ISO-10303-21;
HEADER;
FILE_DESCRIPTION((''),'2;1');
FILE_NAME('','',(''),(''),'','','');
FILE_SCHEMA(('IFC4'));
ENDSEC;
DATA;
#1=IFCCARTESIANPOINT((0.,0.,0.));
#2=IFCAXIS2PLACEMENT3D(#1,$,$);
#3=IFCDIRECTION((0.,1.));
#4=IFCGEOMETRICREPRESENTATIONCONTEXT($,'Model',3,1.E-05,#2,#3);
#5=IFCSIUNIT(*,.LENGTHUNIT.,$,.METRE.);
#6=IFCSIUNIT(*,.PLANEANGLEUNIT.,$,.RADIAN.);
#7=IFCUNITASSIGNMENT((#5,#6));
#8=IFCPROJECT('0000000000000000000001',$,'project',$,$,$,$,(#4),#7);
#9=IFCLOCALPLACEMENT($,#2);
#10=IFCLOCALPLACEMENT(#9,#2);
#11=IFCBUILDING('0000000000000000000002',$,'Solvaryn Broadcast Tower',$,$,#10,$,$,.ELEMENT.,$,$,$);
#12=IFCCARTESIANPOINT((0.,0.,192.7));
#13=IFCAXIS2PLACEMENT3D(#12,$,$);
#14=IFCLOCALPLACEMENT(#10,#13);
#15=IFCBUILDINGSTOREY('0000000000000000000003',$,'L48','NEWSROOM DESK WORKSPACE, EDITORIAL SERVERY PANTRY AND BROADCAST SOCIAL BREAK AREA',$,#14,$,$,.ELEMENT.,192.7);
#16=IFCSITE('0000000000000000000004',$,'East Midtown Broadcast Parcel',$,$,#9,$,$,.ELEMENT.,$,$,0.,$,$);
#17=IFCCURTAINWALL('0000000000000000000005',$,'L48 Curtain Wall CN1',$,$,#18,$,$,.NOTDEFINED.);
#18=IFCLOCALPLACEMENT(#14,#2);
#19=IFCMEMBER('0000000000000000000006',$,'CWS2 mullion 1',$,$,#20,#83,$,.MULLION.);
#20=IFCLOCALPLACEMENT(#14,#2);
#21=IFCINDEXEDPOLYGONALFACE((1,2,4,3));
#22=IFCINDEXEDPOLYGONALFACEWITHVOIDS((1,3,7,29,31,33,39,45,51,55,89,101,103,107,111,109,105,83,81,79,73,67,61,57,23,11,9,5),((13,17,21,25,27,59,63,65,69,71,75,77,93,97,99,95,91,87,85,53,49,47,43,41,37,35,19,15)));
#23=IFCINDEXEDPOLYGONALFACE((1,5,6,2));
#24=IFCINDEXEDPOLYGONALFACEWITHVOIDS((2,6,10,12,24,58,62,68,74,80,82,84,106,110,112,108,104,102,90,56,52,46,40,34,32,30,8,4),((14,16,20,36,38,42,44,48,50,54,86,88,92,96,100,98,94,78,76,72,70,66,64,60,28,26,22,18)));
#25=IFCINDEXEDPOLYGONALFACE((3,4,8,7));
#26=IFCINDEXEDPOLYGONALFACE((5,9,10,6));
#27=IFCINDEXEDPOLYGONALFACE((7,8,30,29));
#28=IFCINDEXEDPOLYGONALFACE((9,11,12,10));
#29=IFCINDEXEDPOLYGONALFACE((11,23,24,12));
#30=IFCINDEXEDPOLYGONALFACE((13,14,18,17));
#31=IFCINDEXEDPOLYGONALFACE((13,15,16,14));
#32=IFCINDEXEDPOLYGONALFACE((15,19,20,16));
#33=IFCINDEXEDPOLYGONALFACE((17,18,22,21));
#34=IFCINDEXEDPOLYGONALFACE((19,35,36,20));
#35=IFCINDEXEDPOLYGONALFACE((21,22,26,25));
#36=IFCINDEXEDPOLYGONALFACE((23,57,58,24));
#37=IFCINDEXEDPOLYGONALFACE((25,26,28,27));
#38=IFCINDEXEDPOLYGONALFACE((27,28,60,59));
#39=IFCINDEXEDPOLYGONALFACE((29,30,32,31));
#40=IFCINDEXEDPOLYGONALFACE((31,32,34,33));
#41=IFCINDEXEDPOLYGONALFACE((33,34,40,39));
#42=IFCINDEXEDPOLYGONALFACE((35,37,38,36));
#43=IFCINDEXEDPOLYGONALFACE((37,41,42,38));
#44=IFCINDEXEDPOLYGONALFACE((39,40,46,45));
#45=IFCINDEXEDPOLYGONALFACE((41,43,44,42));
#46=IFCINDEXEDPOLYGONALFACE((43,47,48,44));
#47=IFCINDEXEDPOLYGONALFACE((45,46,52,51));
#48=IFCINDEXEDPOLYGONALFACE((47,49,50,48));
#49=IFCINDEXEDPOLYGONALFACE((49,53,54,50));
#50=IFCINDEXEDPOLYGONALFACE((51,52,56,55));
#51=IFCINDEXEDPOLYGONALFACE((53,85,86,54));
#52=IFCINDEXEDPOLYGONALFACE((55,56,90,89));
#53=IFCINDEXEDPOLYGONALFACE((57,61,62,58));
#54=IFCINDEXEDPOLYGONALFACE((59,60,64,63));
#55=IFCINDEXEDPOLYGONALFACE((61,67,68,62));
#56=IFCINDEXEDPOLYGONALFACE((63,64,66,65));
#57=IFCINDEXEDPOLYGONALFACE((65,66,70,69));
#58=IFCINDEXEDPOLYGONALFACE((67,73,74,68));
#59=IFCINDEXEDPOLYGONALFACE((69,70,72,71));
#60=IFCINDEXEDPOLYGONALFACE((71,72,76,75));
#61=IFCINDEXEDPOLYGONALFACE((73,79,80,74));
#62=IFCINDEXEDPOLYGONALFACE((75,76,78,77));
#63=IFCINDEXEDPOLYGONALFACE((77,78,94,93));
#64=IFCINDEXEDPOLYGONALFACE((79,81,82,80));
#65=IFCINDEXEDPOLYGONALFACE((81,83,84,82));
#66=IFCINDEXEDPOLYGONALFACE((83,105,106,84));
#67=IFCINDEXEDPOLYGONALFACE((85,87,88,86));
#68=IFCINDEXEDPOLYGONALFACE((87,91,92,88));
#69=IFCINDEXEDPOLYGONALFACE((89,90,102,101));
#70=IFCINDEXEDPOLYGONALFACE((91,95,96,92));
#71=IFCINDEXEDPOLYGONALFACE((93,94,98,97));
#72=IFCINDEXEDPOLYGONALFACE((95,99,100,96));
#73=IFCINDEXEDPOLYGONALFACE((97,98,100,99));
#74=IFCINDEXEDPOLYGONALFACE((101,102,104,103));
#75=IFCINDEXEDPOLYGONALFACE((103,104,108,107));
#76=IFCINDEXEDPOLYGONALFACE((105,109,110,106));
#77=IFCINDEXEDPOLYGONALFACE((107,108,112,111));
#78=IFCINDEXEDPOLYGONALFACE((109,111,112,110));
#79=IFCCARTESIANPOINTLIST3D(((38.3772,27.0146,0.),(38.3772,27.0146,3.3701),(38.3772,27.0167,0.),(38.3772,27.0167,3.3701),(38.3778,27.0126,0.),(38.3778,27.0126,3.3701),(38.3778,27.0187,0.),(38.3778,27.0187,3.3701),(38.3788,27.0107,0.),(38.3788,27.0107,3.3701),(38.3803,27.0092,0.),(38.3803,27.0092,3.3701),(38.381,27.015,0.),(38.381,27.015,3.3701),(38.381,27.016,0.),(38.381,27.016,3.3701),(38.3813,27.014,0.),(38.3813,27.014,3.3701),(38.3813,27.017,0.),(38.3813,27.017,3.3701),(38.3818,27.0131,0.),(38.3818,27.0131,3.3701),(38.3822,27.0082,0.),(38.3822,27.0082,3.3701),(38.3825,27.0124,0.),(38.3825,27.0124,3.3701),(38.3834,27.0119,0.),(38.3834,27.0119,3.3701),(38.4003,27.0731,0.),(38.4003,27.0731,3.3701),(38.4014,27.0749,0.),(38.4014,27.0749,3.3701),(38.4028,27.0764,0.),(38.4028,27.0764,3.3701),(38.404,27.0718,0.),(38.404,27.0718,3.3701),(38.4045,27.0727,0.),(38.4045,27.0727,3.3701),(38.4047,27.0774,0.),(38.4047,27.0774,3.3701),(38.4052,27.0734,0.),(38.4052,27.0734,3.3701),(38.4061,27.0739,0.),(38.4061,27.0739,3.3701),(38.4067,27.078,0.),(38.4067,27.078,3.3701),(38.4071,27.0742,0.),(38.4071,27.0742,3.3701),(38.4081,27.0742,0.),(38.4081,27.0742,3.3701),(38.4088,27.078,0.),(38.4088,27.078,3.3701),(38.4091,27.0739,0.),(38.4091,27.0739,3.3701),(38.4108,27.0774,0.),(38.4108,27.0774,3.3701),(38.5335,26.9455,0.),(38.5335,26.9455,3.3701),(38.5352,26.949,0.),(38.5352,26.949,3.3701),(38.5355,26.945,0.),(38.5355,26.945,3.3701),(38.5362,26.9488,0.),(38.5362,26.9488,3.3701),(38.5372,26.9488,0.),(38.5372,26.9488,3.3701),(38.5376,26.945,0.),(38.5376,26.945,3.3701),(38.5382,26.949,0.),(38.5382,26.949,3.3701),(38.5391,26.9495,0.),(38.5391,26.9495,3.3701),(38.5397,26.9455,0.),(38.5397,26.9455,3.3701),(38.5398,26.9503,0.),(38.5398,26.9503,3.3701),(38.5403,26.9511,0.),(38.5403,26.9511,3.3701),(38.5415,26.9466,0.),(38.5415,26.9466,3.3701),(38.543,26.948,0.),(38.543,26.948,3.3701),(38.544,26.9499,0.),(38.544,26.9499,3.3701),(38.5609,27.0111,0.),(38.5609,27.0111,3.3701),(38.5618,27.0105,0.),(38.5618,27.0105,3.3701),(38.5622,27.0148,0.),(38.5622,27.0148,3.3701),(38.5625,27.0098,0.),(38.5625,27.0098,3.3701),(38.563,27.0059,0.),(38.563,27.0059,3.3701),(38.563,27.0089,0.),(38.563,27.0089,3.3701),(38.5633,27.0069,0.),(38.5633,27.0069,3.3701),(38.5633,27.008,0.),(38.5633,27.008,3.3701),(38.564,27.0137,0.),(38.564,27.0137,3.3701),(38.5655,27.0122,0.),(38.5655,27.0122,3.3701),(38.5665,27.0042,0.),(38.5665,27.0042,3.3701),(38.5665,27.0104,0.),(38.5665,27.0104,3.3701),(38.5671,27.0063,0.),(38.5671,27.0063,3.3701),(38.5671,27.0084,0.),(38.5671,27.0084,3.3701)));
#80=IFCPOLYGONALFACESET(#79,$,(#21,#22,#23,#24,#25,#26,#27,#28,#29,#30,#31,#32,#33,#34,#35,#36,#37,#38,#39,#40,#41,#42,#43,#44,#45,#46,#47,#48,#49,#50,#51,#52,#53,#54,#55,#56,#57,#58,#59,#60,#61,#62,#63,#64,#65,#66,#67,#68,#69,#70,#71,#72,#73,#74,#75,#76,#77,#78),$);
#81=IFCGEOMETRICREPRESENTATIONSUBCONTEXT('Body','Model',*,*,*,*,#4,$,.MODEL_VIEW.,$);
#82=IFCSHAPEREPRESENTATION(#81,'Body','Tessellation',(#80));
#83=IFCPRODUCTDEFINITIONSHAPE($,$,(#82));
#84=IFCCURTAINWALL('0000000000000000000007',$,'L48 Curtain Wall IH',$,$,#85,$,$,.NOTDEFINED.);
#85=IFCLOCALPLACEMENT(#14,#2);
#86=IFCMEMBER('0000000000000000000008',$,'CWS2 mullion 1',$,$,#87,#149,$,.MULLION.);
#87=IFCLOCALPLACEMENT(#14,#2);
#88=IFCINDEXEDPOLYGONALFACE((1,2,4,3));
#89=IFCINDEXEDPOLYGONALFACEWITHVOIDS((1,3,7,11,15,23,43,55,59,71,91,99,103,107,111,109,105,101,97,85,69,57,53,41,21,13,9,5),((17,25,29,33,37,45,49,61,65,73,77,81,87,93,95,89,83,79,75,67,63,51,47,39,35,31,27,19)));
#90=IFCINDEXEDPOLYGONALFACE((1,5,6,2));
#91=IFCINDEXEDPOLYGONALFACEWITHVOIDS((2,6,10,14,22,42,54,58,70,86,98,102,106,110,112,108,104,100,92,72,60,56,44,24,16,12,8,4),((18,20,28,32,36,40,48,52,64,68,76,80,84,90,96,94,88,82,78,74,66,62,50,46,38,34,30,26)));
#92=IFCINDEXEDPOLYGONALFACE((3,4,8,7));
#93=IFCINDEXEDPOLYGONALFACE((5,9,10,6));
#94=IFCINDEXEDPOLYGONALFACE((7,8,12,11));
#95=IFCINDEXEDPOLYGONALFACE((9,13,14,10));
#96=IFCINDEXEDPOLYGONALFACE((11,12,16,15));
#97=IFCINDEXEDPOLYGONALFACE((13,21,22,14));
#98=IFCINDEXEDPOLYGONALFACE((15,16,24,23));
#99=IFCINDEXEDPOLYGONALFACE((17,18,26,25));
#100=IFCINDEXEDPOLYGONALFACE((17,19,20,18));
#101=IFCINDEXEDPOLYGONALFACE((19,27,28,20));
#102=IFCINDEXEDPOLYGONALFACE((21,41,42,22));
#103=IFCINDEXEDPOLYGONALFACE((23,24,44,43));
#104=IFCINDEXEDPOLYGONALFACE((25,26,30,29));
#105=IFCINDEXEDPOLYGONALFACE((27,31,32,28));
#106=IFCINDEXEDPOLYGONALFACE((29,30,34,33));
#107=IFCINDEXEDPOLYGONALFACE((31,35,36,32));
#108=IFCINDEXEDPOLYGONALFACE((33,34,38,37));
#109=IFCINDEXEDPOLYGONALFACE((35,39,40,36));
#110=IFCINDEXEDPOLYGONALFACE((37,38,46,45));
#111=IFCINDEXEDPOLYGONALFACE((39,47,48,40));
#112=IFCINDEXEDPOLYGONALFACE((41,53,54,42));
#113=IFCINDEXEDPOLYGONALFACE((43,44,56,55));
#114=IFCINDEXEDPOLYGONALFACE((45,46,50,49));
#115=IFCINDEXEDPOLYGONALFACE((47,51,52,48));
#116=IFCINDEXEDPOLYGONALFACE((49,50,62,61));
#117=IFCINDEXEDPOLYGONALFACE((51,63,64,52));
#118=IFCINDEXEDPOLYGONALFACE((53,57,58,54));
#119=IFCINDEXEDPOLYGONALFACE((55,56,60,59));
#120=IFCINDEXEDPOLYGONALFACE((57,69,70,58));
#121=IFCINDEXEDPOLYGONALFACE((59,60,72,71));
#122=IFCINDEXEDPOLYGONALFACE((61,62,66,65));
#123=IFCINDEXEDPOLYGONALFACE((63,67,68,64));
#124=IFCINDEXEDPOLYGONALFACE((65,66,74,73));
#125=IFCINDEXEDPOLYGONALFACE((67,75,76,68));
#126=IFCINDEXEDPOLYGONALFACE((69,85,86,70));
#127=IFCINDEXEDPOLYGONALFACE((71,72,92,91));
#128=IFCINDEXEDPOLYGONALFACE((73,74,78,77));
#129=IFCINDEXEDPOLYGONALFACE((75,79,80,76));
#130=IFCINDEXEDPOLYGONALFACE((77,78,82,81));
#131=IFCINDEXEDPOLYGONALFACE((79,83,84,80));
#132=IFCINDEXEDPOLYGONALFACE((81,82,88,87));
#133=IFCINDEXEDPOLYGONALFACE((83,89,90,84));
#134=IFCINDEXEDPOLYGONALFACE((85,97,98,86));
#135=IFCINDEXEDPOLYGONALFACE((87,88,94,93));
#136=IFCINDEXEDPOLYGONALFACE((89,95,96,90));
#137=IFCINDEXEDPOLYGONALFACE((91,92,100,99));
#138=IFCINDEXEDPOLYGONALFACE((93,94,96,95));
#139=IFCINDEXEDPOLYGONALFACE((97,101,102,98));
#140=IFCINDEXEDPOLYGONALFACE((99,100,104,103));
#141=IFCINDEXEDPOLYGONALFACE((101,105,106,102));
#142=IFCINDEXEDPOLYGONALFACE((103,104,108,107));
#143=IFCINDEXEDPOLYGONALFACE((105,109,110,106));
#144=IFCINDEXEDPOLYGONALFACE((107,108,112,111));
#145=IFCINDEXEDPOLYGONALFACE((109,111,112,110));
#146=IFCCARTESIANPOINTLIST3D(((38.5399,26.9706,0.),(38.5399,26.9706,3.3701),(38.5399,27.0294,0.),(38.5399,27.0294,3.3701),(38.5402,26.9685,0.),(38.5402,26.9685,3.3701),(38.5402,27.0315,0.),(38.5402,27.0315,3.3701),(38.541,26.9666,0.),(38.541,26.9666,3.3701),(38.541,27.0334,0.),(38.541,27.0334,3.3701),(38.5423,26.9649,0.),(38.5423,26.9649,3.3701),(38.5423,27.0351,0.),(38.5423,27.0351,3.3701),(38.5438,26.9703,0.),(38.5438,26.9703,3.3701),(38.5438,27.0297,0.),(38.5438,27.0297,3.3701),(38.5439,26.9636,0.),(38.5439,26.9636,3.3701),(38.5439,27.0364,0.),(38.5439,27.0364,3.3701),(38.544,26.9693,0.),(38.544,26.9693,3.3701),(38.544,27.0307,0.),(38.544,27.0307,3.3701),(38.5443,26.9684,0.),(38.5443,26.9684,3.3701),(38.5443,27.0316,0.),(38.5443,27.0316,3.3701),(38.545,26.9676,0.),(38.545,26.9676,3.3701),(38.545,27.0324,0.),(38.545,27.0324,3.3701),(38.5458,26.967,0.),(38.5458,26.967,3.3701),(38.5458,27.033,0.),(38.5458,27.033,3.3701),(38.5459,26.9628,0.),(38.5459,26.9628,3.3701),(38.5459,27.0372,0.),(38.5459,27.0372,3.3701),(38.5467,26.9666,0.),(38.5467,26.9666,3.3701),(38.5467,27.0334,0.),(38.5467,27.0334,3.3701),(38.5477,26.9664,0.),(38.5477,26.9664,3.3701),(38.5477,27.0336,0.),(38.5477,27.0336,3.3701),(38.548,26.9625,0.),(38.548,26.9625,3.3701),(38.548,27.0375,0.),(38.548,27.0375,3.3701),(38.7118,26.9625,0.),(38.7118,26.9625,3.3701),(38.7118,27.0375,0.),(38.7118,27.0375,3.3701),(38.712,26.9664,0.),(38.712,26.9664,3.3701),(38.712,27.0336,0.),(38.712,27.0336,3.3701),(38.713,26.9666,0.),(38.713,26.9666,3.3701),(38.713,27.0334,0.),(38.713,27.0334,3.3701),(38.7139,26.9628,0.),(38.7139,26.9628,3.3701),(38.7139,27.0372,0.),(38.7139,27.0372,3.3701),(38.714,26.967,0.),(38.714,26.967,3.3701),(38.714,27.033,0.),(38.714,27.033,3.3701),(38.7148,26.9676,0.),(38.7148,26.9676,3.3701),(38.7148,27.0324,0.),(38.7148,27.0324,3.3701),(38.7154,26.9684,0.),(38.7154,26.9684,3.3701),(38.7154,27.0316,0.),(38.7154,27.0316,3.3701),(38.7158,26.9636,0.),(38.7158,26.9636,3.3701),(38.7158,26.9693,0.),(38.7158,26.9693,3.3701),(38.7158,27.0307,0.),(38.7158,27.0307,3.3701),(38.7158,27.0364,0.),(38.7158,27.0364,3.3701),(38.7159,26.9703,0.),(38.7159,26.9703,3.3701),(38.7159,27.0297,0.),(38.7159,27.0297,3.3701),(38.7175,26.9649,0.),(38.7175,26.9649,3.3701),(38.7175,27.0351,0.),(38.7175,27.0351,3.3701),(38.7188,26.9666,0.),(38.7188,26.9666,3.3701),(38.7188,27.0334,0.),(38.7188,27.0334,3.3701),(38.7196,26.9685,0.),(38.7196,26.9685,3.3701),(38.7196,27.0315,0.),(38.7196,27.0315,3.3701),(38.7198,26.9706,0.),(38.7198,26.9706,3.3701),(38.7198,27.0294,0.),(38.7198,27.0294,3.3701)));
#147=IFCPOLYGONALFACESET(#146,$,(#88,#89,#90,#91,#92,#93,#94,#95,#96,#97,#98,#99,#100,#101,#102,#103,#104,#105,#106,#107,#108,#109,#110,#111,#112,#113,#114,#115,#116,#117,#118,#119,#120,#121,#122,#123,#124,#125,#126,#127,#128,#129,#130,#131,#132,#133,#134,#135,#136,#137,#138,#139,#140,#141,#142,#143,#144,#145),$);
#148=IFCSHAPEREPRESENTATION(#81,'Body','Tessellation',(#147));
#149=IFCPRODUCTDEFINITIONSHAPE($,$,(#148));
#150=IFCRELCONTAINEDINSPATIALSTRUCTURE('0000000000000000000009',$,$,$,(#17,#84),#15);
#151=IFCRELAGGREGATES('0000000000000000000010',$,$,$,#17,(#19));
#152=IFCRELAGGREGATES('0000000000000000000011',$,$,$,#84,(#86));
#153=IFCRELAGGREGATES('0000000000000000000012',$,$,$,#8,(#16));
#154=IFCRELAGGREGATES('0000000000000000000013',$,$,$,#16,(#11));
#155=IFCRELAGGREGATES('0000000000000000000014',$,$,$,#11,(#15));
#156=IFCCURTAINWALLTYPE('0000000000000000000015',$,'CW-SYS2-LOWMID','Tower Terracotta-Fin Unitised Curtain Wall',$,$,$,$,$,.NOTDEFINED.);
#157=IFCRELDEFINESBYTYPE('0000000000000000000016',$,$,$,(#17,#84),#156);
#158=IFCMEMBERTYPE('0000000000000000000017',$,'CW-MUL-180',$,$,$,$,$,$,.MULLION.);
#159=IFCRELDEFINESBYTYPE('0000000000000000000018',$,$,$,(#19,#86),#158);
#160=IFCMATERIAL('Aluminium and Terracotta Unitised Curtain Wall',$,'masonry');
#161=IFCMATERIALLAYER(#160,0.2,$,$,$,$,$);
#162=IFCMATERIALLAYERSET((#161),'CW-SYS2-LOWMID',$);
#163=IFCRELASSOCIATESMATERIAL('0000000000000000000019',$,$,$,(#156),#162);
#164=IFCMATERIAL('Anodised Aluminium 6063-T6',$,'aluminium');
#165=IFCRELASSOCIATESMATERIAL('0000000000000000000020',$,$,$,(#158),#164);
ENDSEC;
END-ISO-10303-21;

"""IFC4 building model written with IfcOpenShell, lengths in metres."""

from ifc_helpers import new_model, si_unit, direction, frame, origin, origin_2d, place, context, subcontext, project, spatial, hollow_rectangle, extrude, material, layer, layer_set, material_profile, profile_set, type_object, element, aggregate, save


model = new_model("IFC4")

# Units and contexts
model_context = context("Model", 3, precision=1e-05, world=origin(), true_north=direction((0.0, 1.0)))
body_context = subcontext(model_context, "Body", "Model", "MODEL_VIEW")
ifc_project = project(units=[si_unit("LENGTHUNIT", "METRE"), si_unit("PLANEANGLEUNIT", "RADIAN")], contexts=[model_context])

# Site, building, storey
site_placement = place(None, origin())
site = spatial("IfcSite", under=ifc_project, at=site_placement, Name="East Midtown Broadcast Parcel", CompositionType="ELEMENT", RefElevation=0.0)
building_placement = place(site_placement, origin())
building = spatial("IfcBuilding", under=site, at=building_placement, Name="Solvaryn Broadcast Tower", CompositionType="ELEMENT")
storey_placement = place(building_placement, frame((0.0, 0.0, 192.7)))
storey = spatial("IfcBuildingStorey", under=building, at=storey_placement, Name="L48", Description="NEWSROOM DESK WORKSPACE, EDITORIAL SERVERY PANTRY AND BROADCAST SOCIAL BREAK AREA", CompositionType="ELEMENT", Elevation=192.7)

# Curtain walls, members
ifc_material_1 = material(Name="Aluminium and Terracotta Unitised Curtain Wall", Category="masonry")
ifc_layer_1 = layer(ifc_material_1, 0.2)
ifc_layer_set_1 = layer_set([ifc_layer_1], Name="CW-SYS2-LOWMID")
curtain_wall_type = type_object("IfcCurtainWallType", Name="CW-SYS2-LOWMID", Description="Tower Terracotta-Fin Unitised Curtain Wall", PredefinedType="NOTDEFINED", material=ifc_layer_set_1)
curtain_wall_1_placement = place(storey_placement, origin())
curtain_wall_1 = element("IfcCurtainWall", 1, at=curtain_wall_1_placement, inside=storey, type_object=curtain_wall_type, Name="L48 Curtain Wall CN1", PredefinedType="NOTDEFINED")
ifc_material_2 = material(Name="Anodised Aluminium 6063-T6", Category="aluminium")
ifc_material_profile_1 = material_profile(ifc_material_2, hollow_rectangle(XDim=0.075, YDim=0.1799, WallThickness=0.0039, InnerFilletRadius=0.0039, OuterFilletRadius=0.0081, at=origin_2d()))
ifc_profile_set_1 = profile_set([ifc_material_profile_1], Name="Anodised Aluminium 6063-T6")
member_type_1 = type_object("IfcMemberType", Name="CW-MUL-180", PredefinedType="MULLION", material=ifc_profile_set_1)
member_1_placement = place(storey_placement, frame((38.4722, 27.0115, 0.0), z_axis=(0.0, 0.0, 1.0), x_axis=(-0.382646, -0.923895, 0.0)))
member_1 = element("IfcMember", 2, at=member_1_placement, type_object=member_type_1, Name="CWS2 mullion 1", PredefinedType="MULLION", context=body_context, shape_type="SweptSolid", body=[
    extrude(hollow_rectangle(XDim=0.075, YDim=0.1799, WallThickness=0.0039, InnerFilletRadius=0.0039, OuterFilletRadius=0.0081, at=origin_2d()), origin(), (0.0, 0.0, 1.0), 3.3701),
])
curtain_wall_2_placement = place(storey_placement, origin())
curtain_wall_2 = element("IfcCurtainWall", 3, at=curtain_wall_2_placement, inside=storey, type_object=curtain_wall_type, Name="L48 Curtain Wall IH", PredefinedType="NOTDEFINED")
member_2_placement = place(storey_placement, frame((38.6299, 27.0, 0.0), z_axis=(0.0, 0.0, 1.0), x_axis=(0.0, 1.0, 0.0)))
member_2 = element("IfcMember", 4, at=member_2_placement, type_object=member_type_1, Name="CWS2 mullion 1", PredefinedType="MULLION", context=body_context, shape_type="SweptSolid", body=[
    extrude(hollow_rectangle(XDim=0.075, YDim=0.1799, WallThickness=0.0039, InnerFilletRadius=0.0039, OuterFilletRadius=0.0081, at=origin_2d()), origin(), (0.0, 0.0, 1.0), 3.3701),
])

aggregate(curtain_wall_1, [member_1])
aggregate(curtain_wall_2, [member_2])

save(model, "model.ifc")
